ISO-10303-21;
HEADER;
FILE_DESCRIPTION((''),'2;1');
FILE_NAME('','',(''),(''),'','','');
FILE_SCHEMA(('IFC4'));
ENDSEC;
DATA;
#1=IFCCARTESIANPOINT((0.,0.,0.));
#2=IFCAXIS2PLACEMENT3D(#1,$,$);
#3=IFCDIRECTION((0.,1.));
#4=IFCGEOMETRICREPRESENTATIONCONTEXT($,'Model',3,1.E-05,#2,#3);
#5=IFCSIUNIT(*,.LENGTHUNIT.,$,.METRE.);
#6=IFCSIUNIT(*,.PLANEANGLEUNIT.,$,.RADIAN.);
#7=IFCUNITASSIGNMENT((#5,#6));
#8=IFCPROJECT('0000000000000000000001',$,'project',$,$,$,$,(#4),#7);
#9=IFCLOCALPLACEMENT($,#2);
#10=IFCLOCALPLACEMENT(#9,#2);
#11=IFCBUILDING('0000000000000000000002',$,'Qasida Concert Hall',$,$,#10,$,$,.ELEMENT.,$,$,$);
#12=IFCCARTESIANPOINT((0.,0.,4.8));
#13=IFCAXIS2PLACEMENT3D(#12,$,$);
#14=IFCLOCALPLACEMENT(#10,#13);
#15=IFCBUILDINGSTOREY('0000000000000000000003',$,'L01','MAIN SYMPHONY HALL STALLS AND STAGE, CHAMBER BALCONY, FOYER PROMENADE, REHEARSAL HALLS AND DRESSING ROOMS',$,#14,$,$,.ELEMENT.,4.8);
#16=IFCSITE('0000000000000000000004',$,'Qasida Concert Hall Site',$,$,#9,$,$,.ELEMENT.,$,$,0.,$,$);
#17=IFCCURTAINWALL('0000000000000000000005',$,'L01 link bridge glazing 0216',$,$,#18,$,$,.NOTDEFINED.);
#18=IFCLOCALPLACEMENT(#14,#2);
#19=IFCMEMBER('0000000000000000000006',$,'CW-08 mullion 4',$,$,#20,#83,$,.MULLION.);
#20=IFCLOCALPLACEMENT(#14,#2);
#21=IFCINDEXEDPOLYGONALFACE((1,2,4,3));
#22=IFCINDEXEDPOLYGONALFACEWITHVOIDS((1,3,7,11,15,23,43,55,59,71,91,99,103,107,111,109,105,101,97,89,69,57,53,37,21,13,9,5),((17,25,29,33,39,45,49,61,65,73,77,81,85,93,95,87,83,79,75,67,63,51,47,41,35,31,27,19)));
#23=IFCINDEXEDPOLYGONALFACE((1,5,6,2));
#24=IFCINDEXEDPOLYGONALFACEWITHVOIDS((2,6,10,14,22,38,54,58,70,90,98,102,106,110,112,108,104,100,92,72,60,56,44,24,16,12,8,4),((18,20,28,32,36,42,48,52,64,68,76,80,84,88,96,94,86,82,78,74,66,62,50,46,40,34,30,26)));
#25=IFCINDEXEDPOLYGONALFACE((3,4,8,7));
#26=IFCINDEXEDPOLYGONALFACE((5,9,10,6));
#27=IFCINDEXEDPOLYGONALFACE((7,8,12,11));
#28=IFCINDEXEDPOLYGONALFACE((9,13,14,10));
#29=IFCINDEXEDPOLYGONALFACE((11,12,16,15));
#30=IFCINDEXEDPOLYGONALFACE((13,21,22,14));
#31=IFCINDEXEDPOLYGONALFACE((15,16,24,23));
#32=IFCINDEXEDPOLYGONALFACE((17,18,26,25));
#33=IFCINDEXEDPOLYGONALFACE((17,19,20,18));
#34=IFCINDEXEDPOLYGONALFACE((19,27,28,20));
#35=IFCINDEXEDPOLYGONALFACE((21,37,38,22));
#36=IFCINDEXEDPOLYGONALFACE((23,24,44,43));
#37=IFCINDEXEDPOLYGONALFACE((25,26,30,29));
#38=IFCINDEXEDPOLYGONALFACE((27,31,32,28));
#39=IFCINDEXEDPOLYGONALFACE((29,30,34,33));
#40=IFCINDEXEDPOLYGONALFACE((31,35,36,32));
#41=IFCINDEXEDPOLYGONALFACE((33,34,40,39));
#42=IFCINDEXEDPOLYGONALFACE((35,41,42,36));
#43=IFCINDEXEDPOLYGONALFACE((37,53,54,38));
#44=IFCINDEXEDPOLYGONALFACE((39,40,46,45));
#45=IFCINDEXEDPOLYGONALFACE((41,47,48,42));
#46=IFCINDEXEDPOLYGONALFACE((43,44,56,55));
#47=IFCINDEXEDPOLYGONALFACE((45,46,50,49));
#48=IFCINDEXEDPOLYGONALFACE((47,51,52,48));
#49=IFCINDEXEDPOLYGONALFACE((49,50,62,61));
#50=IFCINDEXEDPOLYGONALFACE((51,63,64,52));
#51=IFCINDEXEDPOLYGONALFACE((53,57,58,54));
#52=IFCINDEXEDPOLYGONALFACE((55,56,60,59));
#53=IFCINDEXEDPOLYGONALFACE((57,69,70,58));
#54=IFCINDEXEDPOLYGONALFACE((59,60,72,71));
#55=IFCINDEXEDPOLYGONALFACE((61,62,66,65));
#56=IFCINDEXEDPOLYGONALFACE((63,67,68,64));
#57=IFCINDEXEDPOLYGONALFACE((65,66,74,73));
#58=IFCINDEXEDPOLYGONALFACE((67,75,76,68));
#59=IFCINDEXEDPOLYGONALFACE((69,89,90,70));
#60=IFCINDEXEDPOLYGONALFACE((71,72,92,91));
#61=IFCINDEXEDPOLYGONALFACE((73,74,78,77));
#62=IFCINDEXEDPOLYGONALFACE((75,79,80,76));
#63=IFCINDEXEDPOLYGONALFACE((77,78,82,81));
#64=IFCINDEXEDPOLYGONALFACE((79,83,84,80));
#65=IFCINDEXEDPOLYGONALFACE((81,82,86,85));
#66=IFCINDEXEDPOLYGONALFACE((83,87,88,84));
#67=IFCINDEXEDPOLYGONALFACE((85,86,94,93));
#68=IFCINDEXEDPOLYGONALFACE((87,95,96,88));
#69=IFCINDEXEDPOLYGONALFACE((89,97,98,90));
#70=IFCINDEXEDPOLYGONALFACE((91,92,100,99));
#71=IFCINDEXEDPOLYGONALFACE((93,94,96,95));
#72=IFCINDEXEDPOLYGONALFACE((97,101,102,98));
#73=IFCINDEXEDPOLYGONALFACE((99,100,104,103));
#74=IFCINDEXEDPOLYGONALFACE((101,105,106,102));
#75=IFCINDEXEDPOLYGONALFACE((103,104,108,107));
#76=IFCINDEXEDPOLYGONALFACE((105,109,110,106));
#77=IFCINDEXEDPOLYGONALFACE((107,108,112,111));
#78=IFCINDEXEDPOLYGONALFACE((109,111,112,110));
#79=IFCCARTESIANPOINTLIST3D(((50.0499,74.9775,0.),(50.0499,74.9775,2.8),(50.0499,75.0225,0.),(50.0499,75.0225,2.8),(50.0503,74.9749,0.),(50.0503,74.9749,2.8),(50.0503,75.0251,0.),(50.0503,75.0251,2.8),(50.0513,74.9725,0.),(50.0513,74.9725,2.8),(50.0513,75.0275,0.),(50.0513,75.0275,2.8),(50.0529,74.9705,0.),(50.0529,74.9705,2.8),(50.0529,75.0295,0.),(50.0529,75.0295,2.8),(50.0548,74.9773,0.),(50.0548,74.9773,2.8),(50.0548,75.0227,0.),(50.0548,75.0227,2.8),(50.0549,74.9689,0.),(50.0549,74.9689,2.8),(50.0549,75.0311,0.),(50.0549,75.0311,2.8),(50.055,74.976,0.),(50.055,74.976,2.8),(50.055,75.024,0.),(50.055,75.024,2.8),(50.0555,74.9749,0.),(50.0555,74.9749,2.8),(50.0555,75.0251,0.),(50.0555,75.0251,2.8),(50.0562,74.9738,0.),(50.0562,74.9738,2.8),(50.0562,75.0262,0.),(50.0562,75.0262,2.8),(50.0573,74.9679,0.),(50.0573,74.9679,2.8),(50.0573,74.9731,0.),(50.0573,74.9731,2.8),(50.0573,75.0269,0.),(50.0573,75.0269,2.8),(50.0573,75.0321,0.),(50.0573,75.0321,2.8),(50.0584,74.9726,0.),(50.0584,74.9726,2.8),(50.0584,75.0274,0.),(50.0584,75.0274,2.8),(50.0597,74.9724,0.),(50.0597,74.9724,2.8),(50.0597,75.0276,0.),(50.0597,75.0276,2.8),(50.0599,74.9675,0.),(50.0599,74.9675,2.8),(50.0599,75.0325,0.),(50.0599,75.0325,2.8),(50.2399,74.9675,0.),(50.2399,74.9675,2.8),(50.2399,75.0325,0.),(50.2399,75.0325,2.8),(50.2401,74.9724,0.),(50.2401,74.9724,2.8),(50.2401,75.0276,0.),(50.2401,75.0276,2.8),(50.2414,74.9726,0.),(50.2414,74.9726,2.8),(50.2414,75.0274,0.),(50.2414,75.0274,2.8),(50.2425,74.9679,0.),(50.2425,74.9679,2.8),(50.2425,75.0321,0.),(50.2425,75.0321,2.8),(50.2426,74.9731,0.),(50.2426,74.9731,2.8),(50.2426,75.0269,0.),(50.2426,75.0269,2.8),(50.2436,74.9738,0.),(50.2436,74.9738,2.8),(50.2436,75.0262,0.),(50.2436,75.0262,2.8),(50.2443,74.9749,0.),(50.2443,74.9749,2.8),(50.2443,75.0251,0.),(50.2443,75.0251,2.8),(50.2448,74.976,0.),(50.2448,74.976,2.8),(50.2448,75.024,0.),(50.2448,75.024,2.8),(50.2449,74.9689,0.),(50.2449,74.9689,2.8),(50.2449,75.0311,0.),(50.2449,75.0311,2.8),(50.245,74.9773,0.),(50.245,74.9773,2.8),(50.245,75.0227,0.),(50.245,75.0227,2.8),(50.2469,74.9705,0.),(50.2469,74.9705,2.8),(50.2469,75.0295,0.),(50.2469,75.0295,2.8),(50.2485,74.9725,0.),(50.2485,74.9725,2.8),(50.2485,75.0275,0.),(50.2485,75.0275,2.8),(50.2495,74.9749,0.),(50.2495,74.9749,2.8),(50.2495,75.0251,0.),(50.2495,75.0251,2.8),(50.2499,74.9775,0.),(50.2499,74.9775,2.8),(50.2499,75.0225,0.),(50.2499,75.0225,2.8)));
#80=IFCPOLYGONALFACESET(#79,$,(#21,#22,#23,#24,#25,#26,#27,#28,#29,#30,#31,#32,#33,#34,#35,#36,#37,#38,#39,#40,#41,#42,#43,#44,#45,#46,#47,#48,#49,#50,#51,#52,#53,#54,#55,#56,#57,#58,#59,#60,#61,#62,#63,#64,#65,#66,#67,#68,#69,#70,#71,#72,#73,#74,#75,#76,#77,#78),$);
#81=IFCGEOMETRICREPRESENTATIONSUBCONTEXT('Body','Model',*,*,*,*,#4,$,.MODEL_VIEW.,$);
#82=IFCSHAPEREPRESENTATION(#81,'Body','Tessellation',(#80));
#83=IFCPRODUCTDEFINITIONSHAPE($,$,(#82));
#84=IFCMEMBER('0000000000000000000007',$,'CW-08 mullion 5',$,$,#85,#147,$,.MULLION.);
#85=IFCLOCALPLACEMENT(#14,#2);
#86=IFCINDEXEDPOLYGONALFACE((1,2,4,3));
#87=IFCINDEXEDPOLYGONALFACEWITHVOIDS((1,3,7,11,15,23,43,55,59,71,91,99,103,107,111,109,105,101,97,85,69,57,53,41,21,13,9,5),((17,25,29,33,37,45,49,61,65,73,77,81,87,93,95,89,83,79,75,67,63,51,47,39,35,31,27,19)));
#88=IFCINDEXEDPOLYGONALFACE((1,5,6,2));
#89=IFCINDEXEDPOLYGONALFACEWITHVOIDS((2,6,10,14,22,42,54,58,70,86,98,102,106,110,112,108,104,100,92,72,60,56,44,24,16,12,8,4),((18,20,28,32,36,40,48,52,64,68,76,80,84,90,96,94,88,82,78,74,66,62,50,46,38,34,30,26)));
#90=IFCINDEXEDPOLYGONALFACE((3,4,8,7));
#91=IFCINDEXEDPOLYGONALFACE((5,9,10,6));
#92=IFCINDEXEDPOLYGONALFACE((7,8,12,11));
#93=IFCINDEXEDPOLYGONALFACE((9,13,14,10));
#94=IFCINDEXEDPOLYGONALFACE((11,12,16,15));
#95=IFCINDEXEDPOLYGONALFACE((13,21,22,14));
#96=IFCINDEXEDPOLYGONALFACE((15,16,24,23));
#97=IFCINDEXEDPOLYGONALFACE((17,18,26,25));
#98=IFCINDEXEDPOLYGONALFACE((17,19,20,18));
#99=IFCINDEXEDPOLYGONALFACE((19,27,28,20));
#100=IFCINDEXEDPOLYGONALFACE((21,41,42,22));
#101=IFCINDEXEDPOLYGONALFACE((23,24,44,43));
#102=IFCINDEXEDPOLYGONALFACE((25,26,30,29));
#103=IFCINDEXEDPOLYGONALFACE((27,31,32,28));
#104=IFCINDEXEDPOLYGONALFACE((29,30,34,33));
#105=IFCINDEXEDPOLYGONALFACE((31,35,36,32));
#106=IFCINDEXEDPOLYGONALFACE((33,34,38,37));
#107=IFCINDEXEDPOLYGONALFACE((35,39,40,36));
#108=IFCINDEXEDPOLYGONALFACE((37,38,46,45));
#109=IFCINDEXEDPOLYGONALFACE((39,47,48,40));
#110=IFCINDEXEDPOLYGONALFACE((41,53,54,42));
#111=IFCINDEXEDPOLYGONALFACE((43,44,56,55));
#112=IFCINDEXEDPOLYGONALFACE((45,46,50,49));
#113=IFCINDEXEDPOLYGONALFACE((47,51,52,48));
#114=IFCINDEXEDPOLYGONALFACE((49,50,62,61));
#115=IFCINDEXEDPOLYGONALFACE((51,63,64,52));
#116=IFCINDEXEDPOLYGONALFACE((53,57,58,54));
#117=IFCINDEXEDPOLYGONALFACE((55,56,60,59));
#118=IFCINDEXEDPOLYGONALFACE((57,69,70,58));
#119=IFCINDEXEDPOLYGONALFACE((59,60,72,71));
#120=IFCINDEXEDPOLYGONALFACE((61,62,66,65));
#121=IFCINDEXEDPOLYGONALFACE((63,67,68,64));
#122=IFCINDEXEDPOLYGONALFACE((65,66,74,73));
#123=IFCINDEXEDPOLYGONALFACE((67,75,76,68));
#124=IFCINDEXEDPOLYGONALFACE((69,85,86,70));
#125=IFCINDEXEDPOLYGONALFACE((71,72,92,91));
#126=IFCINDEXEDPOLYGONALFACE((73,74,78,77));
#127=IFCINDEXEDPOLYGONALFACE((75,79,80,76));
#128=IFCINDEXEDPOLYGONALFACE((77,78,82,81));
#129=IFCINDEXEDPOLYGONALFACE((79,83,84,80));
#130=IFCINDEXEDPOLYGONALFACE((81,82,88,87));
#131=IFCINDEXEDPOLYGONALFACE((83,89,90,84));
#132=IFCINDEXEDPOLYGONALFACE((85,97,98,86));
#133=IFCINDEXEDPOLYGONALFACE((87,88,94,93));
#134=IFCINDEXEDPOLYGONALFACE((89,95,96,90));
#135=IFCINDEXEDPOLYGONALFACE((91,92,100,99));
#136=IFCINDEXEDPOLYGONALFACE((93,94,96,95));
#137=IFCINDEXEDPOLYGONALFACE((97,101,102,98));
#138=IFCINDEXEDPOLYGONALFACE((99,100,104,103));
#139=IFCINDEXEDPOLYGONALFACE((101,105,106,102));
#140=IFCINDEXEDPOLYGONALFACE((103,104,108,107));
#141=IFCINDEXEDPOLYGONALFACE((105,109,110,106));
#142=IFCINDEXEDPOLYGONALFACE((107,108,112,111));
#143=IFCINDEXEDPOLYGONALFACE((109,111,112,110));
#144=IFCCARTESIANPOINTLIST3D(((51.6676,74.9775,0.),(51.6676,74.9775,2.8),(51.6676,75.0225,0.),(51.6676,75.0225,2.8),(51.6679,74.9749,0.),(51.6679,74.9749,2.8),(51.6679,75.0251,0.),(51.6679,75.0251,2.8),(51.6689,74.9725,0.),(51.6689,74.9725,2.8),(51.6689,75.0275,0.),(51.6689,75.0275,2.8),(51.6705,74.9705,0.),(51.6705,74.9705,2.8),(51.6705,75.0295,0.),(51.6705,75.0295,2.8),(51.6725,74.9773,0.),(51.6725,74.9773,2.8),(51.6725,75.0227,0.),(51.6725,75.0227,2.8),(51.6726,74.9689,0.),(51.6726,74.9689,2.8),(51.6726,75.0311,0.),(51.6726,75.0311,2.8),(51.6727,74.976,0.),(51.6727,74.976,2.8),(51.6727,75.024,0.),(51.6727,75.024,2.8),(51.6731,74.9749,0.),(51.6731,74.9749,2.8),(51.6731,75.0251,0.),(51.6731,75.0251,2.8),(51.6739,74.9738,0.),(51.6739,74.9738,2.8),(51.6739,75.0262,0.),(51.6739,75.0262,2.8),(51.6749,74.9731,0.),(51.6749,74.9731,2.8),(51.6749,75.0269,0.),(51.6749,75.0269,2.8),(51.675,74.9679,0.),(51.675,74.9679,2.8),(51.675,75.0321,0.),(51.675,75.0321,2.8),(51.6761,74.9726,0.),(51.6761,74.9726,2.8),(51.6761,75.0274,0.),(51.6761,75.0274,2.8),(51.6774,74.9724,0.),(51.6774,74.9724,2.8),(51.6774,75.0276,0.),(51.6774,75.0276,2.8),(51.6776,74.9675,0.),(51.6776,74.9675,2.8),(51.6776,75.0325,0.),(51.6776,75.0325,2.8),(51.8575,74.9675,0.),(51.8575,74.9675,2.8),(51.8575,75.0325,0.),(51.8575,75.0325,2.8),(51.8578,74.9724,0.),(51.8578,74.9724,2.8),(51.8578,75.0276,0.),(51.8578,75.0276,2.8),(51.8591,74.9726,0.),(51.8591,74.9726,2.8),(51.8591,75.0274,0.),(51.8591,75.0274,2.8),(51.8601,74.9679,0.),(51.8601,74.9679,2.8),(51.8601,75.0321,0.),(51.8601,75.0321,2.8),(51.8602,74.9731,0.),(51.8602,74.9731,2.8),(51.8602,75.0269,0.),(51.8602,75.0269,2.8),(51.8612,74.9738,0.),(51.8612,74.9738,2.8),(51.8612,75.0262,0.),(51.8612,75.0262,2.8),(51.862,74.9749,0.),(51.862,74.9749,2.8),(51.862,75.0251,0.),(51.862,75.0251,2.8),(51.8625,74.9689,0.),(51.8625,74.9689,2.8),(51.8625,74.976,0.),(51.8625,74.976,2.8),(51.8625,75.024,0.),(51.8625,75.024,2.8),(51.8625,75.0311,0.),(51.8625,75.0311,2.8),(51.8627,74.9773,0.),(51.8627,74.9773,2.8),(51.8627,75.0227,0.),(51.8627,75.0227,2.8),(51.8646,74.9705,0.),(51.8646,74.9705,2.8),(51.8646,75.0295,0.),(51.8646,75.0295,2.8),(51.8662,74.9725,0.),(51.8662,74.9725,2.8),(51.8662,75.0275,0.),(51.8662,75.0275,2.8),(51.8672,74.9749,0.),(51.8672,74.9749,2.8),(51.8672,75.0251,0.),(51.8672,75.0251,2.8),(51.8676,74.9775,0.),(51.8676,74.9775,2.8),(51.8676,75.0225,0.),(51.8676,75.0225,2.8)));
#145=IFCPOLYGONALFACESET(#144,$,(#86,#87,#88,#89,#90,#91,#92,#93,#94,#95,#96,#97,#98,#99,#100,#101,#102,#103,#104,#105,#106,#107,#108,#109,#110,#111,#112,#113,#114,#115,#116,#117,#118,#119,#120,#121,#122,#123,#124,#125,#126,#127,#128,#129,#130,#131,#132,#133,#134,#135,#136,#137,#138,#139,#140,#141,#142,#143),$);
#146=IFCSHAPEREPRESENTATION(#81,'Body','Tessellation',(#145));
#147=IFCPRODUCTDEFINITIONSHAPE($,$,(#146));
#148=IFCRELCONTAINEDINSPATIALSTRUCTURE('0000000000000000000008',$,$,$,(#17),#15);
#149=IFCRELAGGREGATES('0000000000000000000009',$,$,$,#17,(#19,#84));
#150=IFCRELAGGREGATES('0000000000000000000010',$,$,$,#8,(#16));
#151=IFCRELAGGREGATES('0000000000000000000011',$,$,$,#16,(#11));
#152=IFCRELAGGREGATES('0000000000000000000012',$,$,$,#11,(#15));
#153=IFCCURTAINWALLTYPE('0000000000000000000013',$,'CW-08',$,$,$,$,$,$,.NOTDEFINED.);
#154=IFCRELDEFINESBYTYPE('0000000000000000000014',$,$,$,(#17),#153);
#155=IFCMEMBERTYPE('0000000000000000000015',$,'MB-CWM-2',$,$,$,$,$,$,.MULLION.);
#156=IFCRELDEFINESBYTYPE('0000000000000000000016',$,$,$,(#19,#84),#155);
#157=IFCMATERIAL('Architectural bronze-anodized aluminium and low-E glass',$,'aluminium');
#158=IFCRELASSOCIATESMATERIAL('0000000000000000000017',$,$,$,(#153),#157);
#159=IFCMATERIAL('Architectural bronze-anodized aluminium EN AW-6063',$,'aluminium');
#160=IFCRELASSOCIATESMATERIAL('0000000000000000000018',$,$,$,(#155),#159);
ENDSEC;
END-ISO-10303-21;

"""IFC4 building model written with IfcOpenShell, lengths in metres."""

from ifc_helpers import new_model, si_unit, direction, frame, origin, origin_2d, place, context, subcontext, project, spatial, hollow_rectangle, extrude, material, material_profile, profile_set, type_object, element, aggregate, save


model = new_model("IFC4")

# Units and contexts
model_context = context("Model", 3, precision=1e-05, world=origin(), true_north=direction((0.0, 1.0)))
body_context = subcontext(model_context, "Body", "Model", "MODEL_VIEW")
ifc_project = project(units=[si_unit("LENGTHUNIT", "METRE"), si_unit("PLANEANGLEUNIT", "RADIAN")], contexts=[model_context])

# Site, building, storey
site_placement = place(None, origin())
site = spatial("IfcSite", under=ifc_project, at=site_placement, Name="Qasida Concert Hall Site", CompositionType="ELEMENT", RefElevation=0.0)
building_placement = place(site_placement, origin())
building = spatial("IfcBuilding", under=site, at=building_placement, Name="Qasida Concert Hall", CompositionType="ELEMENT")
storey_placement = place(building_placement, frame((0.0, 0.0, 4.8)))
storey = spatial("IfcBuildingStorey", under=building, at=storey_placement, Name="L01", Description="MAIN SYMPHONY HALL STALLS AND STAGE, CHAMBER BALCONY, FOYER PROMENADE, REHEARSAL HALLS AND DRESSING ROOMS", CompositionType="ELEMENT", Elevation=4.8)

# Curtain wall, members
ifc_material_1 = material(Name="Architectural bronze-anodized aluminium and low-E glass", Category="aluminium")
curtain_wall_type = type_object("IfcCurtainWallType", Name="CW-08", PredefinedType="NOTDEFINED", material=ifc_material_1)
curtain_wall_placement = place(storey_placement, origin())
curtain_wall = element("IfcCurtainWall", 1, at=curtain_wall_placement, inside=storey, type_object=curtain_wall_type, Name="L01 link bridge glazing 0216", PredefinedType="NOTDEFINED")
ifc_material_2 = material(Name="Architectural bronze-anodized aluminium EN AW-6063", Category="aluminium")
ifc_material_profile_1 = material_profile(ifc_material_2, hollow_rectangle(XDim=0.0649, YDim=0.2, WallThickness=0.0049, InnerFilletRadius=0.0049, OuterFilletRadius=0.01, at=origin_2d()), Name="CWM 200x65x5")
ifc_profile_set_1 = profile_set([ifc_material_profile_1], Name="Architectural bronze-anodized aluminium EN AW-6063")
member_type_1 = type_object("IfcMemberType", Name="MB-CWM-2", PredefinedType="MULLION", material=ifc_profile_set_1)
member_1_placement = place(storey_placement, frame((50.1499, 75.0, 0.0), z_axis=(0.0, 0.0, 1.0), x_axis=(0.0, 1.0, 0.0)))
member_1 = element("IfcMember", 2, at=member_1_placement, type_object=member_type_1, Name="CW-08 mullion 4", PredefinedType="MULLION", context=body_context, shape_type="SweptSolid", body=[
    extrude(hollow_rectangle(XDim=0.0649, YDim=0.2, WallThickness=0.0049, InnerFilletRadius=0.0049, OuterFilletRadius=0.01, at=origin_2d()), origin(), (0.0, 0.0, 1.0), 2.8),
])
member_2_placement = place(storey_placement, frame((51.7676, 75.0, 0.0), z_axis=(0.0, 0.0, 1.0), x_axis=(0.0, 1.0, 0.0)))
member_2 = element("IfcMember", 3, at=member_2_placement, type_object=member_type_1, Name="CW-08 mullion 5", PredefinedType="MULLION", context=body_context, shape_type="SweptSolid", body=[
    extrude(hollow_rectangle(XDim=0.0649, YDim=0.2, WallThickness=0.0049, InnerFilletRadius=0.0049, OuterFilletRadius=0.01, at=origin_2d()), origin(), (0.0, 0.0, 1.0), 2.8),
])
aggregate(curtain_wall, [member_1, member_2])

save(model, "model.ifc")
